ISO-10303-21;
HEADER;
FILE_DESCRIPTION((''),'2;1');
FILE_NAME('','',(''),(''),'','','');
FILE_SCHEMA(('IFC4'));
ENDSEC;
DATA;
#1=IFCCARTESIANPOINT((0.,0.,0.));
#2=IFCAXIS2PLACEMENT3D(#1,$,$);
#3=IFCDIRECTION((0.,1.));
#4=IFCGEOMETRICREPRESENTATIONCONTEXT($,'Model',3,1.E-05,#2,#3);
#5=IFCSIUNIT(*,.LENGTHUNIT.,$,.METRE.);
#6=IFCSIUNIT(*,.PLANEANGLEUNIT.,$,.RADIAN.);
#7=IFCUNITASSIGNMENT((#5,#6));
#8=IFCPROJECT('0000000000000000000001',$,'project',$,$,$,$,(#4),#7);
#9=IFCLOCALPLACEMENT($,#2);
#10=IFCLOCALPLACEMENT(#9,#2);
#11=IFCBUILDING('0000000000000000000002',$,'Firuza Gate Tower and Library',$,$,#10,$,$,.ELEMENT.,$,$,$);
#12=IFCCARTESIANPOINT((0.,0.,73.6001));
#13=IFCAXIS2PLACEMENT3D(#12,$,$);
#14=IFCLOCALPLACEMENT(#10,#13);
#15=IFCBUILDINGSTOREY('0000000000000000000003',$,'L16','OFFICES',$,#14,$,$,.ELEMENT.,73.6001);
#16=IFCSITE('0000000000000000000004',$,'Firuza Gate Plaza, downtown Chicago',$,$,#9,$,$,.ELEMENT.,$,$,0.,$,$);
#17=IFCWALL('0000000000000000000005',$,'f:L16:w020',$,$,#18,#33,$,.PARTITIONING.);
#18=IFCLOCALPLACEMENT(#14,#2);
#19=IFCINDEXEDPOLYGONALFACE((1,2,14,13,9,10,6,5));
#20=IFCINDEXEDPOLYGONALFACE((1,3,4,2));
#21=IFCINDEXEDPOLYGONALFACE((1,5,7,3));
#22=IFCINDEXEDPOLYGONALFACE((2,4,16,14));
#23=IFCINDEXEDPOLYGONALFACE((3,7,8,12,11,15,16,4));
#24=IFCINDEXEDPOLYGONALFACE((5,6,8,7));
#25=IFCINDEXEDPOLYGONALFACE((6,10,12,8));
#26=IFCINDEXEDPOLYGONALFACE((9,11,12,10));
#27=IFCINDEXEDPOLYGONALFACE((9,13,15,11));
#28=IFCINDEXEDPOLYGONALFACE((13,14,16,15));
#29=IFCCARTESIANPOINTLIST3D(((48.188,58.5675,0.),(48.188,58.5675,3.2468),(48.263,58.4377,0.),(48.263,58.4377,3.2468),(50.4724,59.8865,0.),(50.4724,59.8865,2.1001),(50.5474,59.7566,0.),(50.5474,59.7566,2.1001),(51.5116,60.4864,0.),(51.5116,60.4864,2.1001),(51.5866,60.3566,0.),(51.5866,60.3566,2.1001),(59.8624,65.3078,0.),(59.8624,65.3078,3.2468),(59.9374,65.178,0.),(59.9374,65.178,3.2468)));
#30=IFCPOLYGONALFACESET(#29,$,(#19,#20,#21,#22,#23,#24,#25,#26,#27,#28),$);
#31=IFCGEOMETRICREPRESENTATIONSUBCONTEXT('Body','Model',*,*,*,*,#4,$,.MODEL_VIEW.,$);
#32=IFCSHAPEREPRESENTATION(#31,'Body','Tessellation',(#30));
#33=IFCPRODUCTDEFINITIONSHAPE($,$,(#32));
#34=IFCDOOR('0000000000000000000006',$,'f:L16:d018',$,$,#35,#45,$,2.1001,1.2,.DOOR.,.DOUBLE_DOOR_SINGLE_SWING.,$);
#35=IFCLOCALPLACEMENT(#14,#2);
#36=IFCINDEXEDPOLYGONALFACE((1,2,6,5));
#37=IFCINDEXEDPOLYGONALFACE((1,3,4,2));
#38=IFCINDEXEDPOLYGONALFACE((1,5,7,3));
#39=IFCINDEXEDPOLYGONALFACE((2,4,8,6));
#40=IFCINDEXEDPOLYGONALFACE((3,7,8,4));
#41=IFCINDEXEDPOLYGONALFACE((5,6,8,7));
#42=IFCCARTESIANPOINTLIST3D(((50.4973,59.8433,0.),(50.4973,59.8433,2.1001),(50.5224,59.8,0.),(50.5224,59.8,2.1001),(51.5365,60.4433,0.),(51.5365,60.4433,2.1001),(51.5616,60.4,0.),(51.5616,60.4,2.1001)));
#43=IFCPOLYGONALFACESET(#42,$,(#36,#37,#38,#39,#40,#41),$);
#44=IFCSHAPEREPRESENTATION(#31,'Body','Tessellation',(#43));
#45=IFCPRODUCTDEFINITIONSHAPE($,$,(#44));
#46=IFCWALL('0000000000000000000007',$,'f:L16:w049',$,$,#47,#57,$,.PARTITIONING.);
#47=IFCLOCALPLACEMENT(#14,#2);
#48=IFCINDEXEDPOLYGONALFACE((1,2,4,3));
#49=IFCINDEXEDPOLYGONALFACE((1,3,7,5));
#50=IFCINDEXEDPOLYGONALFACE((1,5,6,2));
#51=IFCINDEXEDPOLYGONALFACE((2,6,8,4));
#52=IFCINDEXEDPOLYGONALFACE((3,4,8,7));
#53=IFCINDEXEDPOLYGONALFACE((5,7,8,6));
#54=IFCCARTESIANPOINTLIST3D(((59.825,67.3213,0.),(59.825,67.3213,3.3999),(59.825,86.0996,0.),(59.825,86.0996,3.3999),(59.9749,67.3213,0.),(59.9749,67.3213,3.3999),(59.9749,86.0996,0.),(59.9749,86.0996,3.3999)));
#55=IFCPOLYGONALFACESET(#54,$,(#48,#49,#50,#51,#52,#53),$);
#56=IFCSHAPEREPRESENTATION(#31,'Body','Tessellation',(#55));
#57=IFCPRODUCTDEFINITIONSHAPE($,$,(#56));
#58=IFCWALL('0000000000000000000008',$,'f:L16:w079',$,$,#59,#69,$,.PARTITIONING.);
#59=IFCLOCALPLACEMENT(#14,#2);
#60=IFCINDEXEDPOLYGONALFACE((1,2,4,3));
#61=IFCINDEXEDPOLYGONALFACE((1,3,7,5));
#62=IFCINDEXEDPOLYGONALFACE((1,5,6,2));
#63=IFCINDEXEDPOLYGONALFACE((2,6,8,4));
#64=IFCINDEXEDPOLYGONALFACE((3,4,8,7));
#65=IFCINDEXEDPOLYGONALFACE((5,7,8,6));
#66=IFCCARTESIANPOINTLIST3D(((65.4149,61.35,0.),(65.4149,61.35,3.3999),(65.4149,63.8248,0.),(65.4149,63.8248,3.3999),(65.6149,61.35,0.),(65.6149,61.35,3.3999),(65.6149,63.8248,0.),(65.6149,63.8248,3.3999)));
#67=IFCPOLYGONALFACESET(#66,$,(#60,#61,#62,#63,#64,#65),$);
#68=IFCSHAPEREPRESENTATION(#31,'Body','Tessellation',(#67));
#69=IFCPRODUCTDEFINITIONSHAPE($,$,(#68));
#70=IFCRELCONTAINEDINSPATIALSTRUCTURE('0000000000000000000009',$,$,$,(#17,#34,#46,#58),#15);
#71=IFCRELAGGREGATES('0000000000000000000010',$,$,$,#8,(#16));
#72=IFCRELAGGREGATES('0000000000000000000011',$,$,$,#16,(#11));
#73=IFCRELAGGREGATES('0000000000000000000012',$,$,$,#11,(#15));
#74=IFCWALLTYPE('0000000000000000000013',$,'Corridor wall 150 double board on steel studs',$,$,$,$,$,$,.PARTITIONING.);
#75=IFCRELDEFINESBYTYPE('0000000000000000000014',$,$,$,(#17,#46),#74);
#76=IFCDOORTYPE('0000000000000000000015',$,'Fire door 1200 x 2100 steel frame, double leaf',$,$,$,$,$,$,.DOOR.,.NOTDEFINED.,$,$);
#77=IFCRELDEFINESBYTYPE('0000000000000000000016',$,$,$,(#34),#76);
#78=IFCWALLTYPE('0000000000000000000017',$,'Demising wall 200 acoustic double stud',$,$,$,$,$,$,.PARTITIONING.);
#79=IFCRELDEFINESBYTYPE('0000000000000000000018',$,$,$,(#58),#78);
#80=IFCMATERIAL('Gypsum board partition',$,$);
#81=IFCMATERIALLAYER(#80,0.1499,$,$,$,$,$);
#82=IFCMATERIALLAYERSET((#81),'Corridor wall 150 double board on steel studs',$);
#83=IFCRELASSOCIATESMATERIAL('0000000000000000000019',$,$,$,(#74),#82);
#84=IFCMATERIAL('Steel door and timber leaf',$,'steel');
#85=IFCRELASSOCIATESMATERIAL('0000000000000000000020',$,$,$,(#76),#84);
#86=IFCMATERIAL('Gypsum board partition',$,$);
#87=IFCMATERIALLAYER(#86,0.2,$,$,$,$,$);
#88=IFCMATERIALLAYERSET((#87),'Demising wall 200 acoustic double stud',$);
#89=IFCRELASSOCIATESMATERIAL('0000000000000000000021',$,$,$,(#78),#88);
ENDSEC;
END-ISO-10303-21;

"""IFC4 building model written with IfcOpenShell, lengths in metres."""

from ifc_helpers import new_model, si_unit, direction, frame, frame_2d, origin, place, context, subcontext, project, spatial, rectangle, extrude, material, layer, layer_set, type_object, element, fill, save


model = new_model("IFC4")

# Units and contexts
model_context = context("Model", 3, precision=1e-05, world=origin(), true_north=direction((0.0, 1.0)))
body_context = subcontext(model_context, "Body", "Model", "MODEL_VIEW")
ifc_project = project(units=[si_unit("LENGTHUNIT", "METRE"), si_unit("PLANEANGLEUNIT", "RADIAN")], contexts=[model_context])

# Site, building, storey
site_placement = place(None, origin())
site = spatial("IfcSite", under=ifc_project, at=site_placement, Name="Firuza Gate Plaza, downtown Chicago", CompositionType="ELEMENT", RefElevation=0.0)
building_placement = place(site_placement, origin())
building = spatial("IfcBuilding", under=site, at=building_placement, Name="Firuza Gate Tower and Library", CompositionType="ELEMENT")
storey_placement = place(building_placement, frame((0.0, 0.0, 73.6001)))
storey = spatial("IfcBuildingStorey", under=building, at=storey_placement, Name="L16", Description="OFFICES", CompositionType="ELEMENT", Elevation=73.6001)

# Wall, opening, door
ifc_material_1 = material(Name="Gypsum board partition")
ifc_layer_1 = layer(ifc_material_1, 0.1499)
ifc_layer_set_1 = layer_set([ifc_layer_1], Name="Corridor wall 150 double board on steel studs")
wall_type_1 = type_object("IfcWallType", Name="Corridor wall 150 double board on steel studs", PredefinedType="PARTITIONING", material=ifc_layer_set_1)
wall_1_placement = place(storey_placement, frame((59.8999, 65.2429, 0.0), z_axis=(0.0, 0.0, 1.0), x_axis=(-0.866023, -0.500004, 0.0)))
wall_1 = element("IfcWall", 1, at=wall_1_placement, inside=storey, type_object=wall_type_1, Name="f:L16:w020", PredefinedType="PARTITIONING", context=body_context, shape_type="SweptSolid", body=[
    extrude(rectangle(XDim=13.4805, YDim=0.1499, at=frame_2d((6.7402, 0.0))), origin(), (0.0, 0.0, 1.0), 3.2468),
])
opening_1_placement = place(wall_1_placement, frame((9.6426, 0.0, 0.0)))
opening_1 = element("IfcOpeningElement", 2, at=opening_1_placement, cuts=wall_1, PredefinedType="OPENING", context=body_context, shape_type="SweptSolid", body=[
    extrude(rectangle(XDim=1.2, YDim=2.1001, at=frame_2d((0.6001, 1.05))), frame((0.0, 0.085, 0.0), z_axis=(0.0, -1.0, 0.0), x_axis=(1.0, 0.0, 0.0)), (0.0, 0.0, 1.0), 0.1699),
])
ifc_material_2 = material(Name="Steel door and timber leaf", Category="steel")
door_type_1 = type_object("IfcDoorType", Name="Fire door 1200 x 2100 steel frame, double leaf", OperationType="NOTDEFINED", PredefinedType="DOOR", material=ifc_material_2)
door_1_placement = place(opening_1_placement, origin())
door_1 = element("IfcDoor", 3, at=door_1_placement, inside=storey, type_object=door_type_1, Name="f:L16:d018", OperationType="DOUBLE_DOOR_SINGLE_SWING", OverallHeight=2.1001, OverallWidth=1.2, PredefinedType="DOOR", context=body_context, shape_type="SweptSolid", body=[
    extrude(rectangle(XDim=1.2, YDim=2.1001, at=frame_2d((0.6001, 1.05))), frame((0.0, 0.0249, 0.0), z_axis=(0.0, -1.0, 0.0), x_axis=(1.0, 0.0, 0.0)), (0.0, 0.0, 1.0), 0.05),
])
fill(opening_1, door_1)

# Walls
wall_2_placement = place(storey_placement, frame((59.8999, 67.3213, 0.0), z_axis=(0.0, 0.0, 1.0), x_axis=(0.0, 1.0, 0.0)))
element("IfcWall", 4, at=wall_2_placement, inside=storey, type_object=wall_type_1, Name="f:L16:w049", PredefinedType="PARTITIONING", context=body_context, shape_type="SweptSolid", body=[
    extrude(rectangle(XDim=18.7783, YDim=0.1499, at=frame_2d((9.3892, 0.0))), origin(), (0.0, 0.0, 1.0), 3.3999),
])
ifc_material_3 = material(Name="Gypsum board partition")
ifc_layer_2 = layer(ifc_material_3, 0.2)
ifc_layer_set_2 = layer_set([ifc_layer_2], Name="Demising wall 200 acoustic double stud")
wall_type_2 = type_object("IfcWallType", Name="Demising wall 200 acoustic double stud", PredefinedType="PARTITIONING", material=ifc_layer_set_2)
wall_3_placement = place(storey_placement, frame((65.5149, 61.3501, 0.0), z_axis=(0.0, 0.0, 1.0), x_axis=(0.0, 1.0, 0.0)))
element("IfcWall", 5, at=wall_3_placement, inside=storey, type_object=wall_type_2, Name="f:L16:w079", PredefinedType="PARTITIONING", context=body_context, shape_type="SweptSolid", body=[
    extrude(rectangle(XDim=2.4749, YDim=0.2, at=frame_2d((1.2373, 0.0))), origin(), (0.0, 0.0, 1.0), 3.3999),
])

save(model, "model.ifc")
